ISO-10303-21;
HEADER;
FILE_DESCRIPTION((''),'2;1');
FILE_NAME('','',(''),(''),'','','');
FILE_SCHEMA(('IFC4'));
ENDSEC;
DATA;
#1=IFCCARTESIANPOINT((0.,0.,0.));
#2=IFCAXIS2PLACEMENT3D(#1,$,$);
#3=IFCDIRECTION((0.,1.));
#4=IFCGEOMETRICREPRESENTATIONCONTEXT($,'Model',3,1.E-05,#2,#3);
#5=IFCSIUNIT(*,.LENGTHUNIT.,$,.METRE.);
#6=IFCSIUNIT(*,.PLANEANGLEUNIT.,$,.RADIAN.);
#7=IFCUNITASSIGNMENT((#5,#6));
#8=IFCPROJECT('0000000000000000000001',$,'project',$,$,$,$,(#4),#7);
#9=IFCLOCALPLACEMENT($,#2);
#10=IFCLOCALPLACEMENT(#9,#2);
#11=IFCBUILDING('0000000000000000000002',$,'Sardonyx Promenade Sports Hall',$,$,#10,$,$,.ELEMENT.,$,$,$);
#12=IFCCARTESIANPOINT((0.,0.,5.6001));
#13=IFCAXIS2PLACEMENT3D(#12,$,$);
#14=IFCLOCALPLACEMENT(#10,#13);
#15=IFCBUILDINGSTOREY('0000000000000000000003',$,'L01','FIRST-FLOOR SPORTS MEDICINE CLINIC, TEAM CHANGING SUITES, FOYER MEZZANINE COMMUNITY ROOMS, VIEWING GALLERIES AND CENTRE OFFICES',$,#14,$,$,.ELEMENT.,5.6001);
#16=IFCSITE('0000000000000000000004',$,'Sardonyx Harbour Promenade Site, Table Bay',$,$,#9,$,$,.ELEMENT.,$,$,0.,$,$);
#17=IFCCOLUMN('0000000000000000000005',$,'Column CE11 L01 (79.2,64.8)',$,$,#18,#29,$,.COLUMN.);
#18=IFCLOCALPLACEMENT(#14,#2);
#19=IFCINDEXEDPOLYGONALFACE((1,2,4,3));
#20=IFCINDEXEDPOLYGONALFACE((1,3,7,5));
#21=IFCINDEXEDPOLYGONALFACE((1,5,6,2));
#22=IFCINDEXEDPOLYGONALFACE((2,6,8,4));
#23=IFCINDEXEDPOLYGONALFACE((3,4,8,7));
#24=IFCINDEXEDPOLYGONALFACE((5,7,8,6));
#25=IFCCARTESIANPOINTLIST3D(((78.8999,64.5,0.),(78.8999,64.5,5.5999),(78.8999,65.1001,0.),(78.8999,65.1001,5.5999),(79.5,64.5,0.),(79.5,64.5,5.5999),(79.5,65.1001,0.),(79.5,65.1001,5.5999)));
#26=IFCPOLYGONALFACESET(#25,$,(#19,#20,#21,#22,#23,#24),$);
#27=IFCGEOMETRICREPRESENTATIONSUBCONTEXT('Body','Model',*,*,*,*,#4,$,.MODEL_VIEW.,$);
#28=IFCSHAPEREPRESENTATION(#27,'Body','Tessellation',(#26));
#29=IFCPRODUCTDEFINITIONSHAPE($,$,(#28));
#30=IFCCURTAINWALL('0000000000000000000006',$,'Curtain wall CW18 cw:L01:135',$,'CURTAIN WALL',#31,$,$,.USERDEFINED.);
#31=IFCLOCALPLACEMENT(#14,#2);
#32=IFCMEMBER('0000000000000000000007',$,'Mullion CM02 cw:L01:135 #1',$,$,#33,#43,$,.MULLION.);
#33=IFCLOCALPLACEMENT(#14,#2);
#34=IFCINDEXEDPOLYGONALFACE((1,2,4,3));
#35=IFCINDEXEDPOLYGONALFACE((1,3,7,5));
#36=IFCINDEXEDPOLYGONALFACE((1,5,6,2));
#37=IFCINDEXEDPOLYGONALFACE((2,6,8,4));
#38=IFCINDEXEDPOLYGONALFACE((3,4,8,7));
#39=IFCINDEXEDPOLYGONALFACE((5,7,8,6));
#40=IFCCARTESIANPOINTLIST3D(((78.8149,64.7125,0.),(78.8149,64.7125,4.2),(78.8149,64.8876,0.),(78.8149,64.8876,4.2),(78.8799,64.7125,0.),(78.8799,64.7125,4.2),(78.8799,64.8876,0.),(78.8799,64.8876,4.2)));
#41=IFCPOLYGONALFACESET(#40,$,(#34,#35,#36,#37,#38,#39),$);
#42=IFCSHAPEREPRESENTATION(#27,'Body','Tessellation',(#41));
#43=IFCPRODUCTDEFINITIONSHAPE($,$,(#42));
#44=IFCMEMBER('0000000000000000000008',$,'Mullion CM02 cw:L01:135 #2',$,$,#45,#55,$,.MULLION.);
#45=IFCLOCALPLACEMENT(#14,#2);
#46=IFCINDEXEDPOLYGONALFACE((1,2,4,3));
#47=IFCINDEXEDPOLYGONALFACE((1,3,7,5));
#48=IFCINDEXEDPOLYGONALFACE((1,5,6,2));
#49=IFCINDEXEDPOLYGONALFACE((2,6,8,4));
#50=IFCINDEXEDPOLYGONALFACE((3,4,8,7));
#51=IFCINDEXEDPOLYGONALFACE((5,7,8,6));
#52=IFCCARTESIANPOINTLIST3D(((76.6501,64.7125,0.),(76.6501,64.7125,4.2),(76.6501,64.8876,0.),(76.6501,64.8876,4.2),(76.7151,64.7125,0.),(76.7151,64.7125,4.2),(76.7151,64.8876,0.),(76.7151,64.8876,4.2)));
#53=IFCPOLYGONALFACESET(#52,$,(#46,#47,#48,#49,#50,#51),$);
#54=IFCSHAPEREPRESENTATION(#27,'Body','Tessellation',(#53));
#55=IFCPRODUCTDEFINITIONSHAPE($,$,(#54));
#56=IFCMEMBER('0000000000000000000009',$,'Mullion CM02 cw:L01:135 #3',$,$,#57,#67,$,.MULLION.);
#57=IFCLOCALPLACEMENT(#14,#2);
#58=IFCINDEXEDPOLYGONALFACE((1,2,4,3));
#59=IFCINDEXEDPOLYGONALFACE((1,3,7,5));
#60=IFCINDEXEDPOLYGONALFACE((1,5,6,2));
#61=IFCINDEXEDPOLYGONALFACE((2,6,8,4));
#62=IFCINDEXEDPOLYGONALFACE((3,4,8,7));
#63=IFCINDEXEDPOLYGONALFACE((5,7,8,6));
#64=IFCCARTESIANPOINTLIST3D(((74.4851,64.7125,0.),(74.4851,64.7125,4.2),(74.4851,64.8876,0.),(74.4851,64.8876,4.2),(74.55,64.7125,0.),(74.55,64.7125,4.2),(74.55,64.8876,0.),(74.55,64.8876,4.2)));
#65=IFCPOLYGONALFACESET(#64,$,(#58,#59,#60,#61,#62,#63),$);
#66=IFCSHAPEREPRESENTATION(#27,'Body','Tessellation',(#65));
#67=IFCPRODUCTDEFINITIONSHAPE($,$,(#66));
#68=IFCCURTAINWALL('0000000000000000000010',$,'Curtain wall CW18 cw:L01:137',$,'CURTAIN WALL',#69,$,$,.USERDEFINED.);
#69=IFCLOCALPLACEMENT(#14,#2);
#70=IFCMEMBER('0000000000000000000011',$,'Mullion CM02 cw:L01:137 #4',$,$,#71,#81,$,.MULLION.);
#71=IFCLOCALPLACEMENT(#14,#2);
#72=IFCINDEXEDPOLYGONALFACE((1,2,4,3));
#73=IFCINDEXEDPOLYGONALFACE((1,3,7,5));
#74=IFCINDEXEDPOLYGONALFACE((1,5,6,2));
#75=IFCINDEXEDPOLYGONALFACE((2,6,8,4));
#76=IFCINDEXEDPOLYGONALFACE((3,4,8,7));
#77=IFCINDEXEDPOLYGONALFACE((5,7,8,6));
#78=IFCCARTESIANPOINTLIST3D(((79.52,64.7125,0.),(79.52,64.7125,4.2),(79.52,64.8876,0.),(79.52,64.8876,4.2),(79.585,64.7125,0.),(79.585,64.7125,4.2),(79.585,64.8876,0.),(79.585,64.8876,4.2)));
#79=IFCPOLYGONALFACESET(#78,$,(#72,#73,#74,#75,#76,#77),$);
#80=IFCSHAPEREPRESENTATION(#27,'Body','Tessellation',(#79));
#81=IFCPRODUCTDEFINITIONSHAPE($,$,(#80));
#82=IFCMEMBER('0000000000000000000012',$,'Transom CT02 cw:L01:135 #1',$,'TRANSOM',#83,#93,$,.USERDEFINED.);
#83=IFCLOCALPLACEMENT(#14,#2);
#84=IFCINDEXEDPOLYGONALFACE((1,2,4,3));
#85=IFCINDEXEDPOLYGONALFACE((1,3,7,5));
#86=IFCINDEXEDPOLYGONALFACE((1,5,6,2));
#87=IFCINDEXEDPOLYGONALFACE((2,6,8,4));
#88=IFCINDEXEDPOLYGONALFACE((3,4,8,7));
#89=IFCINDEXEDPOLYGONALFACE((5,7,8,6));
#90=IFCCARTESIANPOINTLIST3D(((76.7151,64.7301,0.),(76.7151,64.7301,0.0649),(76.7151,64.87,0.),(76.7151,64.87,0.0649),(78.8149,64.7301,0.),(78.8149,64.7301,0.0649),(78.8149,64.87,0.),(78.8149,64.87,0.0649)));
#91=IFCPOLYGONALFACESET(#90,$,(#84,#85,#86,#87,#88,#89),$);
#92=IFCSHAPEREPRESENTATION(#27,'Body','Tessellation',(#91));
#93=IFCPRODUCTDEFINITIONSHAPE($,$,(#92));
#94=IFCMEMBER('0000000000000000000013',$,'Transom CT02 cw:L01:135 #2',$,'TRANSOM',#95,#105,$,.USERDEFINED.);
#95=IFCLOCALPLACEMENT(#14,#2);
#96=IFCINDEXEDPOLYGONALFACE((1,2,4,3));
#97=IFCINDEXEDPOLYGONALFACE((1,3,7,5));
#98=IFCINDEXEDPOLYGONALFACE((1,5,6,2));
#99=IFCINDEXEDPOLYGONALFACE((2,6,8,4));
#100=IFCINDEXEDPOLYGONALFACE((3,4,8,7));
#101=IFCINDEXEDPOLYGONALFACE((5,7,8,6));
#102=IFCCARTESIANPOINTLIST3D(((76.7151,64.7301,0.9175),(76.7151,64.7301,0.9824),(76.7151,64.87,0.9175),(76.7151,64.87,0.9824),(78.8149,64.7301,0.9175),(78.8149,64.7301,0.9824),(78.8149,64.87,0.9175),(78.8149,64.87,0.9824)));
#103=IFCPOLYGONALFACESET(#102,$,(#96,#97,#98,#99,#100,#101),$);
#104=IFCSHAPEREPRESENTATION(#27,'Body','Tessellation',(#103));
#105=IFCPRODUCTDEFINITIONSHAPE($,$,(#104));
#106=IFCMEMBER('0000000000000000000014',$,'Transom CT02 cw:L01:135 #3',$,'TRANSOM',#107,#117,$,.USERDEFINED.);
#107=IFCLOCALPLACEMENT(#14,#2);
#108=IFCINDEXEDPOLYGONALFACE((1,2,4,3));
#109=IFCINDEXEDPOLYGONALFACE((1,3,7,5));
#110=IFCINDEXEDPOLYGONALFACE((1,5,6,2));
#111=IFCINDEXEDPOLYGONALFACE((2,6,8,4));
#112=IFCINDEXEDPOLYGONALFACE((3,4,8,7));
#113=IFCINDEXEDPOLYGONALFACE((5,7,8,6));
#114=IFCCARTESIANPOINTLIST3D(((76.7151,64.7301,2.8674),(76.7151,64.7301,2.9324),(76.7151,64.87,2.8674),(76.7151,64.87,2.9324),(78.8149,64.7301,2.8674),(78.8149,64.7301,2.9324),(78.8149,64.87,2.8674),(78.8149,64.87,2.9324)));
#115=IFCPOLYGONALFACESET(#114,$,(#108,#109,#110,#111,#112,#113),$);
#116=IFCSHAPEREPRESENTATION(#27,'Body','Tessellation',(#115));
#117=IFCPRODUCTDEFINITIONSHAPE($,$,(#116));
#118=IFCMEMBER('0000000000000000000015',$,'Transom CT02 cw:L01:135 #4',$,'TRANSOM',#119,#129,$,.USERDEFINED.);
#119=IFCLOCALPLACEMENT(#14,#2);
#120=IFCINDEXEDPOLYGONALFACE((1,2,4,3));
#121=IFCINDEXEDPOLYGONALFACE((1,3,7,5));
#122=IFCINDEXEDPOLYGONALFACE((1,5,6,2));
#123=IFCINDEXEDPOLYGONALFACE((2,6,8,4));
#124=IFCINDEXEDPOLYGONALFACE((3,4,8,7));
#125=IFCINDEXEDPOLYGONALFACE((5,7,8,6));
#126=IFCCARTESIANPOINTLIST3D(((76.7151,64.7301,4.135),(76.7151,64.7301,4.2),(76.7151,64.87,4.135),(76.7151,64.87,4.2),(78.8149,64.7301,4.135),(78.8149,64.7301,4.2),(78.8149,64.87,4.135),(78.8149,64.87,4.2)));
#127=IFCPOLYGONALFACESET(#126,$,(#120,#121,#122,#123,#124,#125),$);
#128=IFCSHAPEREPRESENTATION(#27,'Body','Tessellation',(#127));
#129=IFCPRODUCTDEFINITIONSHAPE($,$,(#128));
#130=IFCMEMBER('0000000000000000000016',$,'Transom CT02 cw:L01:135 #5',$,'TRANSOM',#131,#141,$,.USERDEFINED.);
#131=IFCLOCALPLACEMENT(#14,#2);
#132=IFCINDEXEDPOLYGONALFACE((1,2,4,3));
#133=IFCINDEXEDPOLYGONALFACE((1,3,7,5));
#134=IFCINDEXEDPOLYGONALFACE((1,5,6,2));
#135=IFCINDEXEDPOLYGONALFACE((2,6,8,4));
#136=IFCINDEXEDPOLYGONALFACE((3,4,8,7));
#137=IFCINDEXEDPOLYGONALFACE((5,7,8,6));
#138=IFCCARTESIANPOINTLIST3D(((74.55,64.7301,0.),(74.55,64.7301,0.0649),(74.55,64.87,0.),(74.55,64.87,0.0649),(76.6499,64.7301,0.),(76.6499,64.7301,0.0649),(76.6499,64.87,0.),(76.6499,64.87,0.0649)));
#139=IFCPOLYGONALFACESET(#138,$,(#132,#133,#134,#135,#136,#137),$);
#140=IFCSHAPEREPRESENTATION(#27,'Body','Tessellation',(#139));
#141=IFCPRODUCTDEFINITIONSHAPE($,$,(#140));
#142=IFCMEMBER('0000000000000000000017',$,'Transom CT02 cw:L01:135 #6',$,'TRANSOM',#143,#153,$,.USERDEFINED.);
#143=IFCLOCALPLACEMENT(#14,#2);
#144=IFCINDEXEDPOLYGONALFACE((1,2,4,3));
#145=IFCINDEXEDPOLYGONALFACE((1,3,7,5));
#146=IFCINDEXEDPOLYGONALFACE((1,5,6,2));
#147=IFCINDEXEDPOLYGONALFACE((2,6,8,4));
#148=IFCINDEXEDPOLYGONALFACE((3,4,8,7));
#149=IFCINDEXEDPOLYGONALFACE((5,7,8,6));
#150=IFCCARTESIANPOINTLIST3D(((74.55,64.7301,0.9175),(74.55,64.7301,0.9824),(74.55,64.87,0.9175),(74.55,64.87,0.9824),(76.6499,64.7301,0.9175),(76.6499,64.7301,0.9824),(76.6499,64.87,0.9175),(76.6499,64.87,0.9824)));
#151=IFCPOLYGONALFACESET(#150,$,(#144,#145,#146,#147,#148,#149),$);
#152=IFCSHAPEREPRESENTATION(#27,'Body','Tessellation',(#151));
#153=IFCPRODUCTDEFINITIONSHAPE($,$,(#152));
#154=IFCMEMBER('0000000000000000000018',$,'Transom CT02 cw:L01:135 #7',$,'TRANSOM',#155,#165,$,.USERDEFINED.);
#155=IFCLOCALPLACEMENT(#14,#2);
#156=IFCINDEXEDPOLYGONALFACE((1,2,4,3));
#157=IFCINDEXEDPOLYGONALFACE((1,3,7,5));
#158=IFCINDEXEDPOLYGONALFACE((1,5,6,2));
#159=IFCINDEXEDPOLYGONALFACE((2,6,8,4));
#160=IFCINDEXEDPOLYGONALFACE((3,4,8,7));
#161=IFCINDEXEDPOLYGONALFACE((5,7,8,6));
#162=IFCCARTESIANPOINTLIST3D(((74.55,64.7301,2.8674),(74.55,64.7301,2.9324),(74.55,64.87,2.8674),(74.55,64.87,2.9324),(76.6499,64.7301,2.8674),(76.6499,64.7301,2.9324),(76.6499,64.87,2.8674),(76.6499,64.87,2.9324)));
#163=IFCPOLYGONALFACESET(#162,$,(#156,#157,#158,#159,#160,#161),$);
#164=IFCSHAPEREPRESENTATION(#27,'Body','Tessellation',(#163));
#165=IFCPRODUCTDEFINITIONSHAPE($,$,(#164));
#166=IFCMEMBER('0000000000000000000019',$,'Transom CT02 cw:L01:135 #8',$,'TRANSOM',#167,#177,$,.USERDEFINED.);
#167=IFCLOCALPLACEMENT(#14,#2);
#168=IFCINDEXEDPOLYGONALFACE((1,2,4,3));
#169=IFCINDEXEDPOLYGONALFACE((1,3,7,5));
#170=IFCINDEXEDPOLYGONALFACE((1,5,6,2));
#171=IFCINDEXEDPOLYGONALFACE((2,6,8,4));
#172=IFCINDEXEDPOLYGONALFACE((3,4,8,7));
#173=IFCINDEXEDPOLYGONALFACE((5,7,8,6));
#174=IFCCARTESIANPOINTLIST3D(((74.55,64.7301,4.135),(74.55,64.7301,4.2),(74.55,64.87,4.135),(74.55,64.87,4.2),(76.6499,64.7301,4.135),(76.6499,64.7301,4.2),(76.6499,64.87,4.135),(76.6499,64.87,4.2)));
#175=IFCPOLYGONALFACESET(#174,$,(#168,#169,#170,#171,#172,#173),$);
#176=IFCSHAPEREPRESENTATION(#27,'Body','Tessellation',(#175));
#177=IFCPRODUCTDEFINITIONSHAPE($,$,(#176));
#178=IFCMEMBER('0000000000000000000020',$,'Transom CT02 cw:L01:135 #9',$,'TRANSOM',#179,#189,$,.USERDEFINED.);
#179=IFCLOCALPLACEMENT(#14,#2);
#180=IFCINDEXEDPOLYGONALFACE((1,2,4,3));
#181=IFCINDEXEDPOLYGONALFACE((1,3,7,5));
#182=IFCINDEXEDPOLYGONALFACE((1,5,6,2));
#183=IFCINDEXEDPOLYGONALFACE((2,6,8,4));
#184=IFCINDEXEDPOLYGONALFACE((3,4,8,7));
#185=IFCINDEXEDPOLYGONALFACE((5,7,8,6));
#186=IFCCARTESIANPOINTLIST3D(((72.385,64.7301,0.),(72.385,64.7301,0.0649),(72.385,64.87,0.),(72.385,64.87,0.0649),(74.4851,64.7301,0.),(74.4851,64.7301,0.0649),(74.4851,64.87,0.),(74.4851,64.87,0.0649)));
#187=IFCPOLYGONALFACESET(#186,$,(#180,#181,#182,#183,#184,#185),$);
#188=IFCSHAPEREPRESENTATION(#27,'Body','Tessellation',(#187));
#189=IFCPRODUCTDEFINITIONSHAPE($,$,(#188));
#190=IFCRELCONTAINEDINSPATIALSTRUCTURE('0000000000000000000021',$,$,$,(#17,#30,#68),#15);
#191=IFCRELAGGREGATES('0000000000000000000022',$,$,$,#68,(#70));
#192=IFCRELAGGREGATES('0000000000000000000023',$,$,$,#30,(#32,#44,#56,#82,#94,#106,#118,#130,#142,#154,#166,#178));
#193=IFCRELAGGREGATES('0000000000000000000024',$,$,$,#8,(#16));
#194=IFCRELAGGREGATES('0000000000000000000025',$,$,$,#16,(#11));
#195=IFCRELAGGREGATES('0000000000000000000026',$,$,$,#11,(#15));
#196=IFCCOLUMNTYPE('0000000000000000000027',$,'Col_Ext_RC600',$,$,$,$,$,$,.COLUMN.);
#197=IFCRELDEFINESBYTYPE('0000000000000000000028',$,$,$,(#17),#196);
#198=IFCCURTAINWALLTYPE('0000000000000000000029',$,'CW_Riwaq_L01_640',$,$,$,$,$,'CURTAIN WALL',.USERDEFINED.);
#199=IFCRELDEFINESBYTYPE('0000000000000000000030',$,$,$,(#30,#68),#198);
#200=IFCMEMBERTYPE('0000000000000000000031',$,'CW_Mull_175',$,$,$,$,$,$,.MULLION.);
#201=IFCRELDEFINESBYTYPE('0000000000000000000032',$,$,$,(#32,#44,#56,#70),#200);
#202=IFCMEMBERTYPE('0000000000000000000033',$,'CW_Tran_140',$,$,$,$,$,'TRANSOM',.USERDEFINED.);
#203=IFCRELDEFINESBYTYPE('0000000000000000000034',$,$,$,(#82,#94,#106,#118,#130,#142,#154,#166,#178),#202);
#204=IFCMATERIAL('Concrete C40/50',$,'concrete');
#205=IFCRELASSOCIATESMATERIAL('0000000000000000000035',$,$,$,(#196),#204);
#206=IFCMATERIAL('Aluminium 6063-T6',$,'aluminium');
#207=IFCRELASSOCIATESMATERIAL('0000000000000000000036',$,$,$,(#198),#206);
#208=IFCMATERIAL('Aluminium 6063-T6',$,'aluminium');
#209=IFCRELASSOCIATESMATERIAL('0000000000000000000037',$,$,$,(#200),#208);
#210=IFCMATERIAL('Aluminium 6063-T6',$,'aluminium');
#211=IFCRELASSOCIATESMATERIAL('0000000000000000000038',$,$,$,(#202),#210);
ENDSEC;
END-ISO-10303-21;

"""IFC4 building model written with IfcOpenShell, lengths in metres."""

from ifc_helpers import new_model, si_unit, direction, frame, origin, origin_2d, place, context, subcontext, project, spatial, rectangle, extrude, material, material_profile, profile_set, type_object, element, aggregate, save


model = new_model("IFC4")

# Units and contexts
model_context = context("Model", 3, precision=1e-05, world=origin(), true_north=direction((0.0, 1.0)))
body_context = subcontext(model_context, "Body", "Model", "MODEL_VIEW")
ifc_project = project(units=[si_unit("LENGTHUNIT", "METRE"), si_unit("PLANEANGLEUNIT", "RADIAN")], contexts=[model_context])

# Site, building, storey
site_placement = place(None, origin())
site = spatial("IfcSite", under=ifc_project, at=site_placement, Name="Sardonyx Harbour Promenade Site, Table Bay", CompositionType="ELEMENT", RefElevation=0.0)
building_placement = place(site_placement, origin())
building = spatial("IfcBuilding", under=site, at=building_placement, Name="Sardonyx Promenade Sports Hall", CompositionType="ELEMENT")
storey_placement = place(building_placement, frame((0.0, 0.0, 5.6001)))
storey = spatial("IfcBuildingStorey", under=building, at=storey_placement, Name="L01", Description="FIRST-FLOOR SPORTS MEDICINE CLINIC, TEAM CHANGING SUITES, FOYER MEZZANINE COMMUNITY ROOMS, VIEWING GALLERIES AND CENTRE OFFICES", CompositionType="ELEMENT", Elevation=5.6001)

# Column
ifc_material_1 = material(Name="Concrete C40/50", Category="concrete")
ifc_material_profile_1 = material_profile(ifc_material_1, rectangle(XDim=0.6001, YDim=0.6001, at=origin_2d()))
ifc_profile_set_1 = profile_set([ifc_material_profile_1], Name="Concrete C40/50")
column_type = type_object("IfcColumnType", Name="Col_Ext_RC600", PredefinedType="COLUMN", material=ifc_profile_set_1)
column_placement = place(storey_placement, frame((79.2, 64.8, 0.0), z_axis=(0.0, 0.0, 1.0), x_axis=(1.0, 0.0, 0.0)))
element("IfcColumn", 1, at=column_placement, inside=storey, type_object=column_type, Name="Column CE11 L01 (79.2,64.8)", PredefinedType="COLUMN", context=body_context, shape_type="SweptSolid", body=[
    extrude(rectangle(XDim=0.6001, YDim=0.6001, at=origin_2d()), origin(), (0.0, 0.0, 1.0), 5.5999),
])

# Curtain wall, members
ifc_material_2 = material(Name="Aluminium 6063-T6", Category="aluminium")
curtain_wall_type = type_object("IfcCurtainWallType", Name="CW_Riwaq_L01_640", ElementType="CURTAIN WALL", PredefinedType="USERDEFINED", material=ifc_material_2)
curtain_wall_1_placement = place(storey_placement, origin())
curtain_wall_1 = element("IfcCurtainWall", 2, at=curtain_wall_1_placement, inside=storey, type_object=curtain_wall_type, Name="Curtain wall CW18 cw:L01:135", ObjectType="CURTAIN WALL", PredefinedType="USERDEFINED")
ifc_material_3 = material(Name="Aluminium 6063-T6", Category="aluminium")
ifc_material_profile_2 = material_profile(ifc_material_3, rectangle(XDim=0.0649, YDim=0.175, at=origin_2d()))
ifc_profile_set_2 = profile_set([ifc_material_profile_2], Name="Aluminium 6063-T6")
member_type_1 = type_object("IfcMemberType", Name="CW_Mull_175", PredefinedType="MULLION", material=ifc_profile_set_2)
member_1_placement = place(storey_placement, frame((78.8474, 64.8, 0.0), z_axis=(0.0, 0.0, 1.0), x_axis=(-1.0, 0.0, 0.0)))
member_1 = element("IfcMember", 3, at=member_1_placement, type_object=member_type_1, Name="Mullion CM02 cw:L01:135 #1", PredefinedType="MULLION", context=body_context, shape_type="SweptSolid", body=[
    extrude(rectangle(XDim=0.0649, YDim=0.175, at=origin_2d()), origin(), (0.0, 0.0, 1.0), 4.2),
])
member_2_placement = place(storey_placement, frame((76.6826, 64.8, 0.0), z_axis=(0.0, 0.0, 1.0), x_axis=(-1.0, 0.0, 0.0)))
member_2 = element("IfcMember", 4, at=member_2_placement, type_object=member_type_1, Name="Mullion CM02 cw:L01:135 #2", PredefinedType="MULLION", context=body_context, shape_type="SweptSolid", body=[
    extrude(rectangle(XDim=0.0649, YDim=0.175, at=origin_2d()), origin(), (0.0, 0.0, 1.0), 4.2),
])
member_3_placement = place(storey_placement, frame((74.5176, 64.8, 0.0), z_axis=(0.0, 0.0, 1.0), x_axis=(-1.0, 0.0, 0.0)))
member_3 = element("IfcMember", 5, at=member_3_placement, type_object=member_type_1, Name="Mullion CM02 cw:L01:135 #3", PredefinedType="MULLION", context=body_context, shape_type="SweptSolid", body=[
    extrude(rectangle(XDim=0.0649, YDim=0.175, at=origin_2d()), origin(), (0.0, 0.0, 1.0), 4.2),
])

# Curtain wall, member
curtain_wall_2_placement = place(storey_placement, origin())
curtain_wall_2 = element("IfcCurtainWall", 6, at=curtain_wall_2_placement, inside=storey, type_object=curtain_wall_type, Name="Curtain wall CW18 cw:L01:137", ObjectType="CURTAIN WALL", PredefinedType="USERDEFINED")
member_4_placement = place(storey_placement, frame((79.5525, 64.8, 0.0), z_axis=(0.0, 0.0, 1.0), x_axis=(-1.0, 0.0, 0.0)))
member_4 = element("IfcMember", 7, at=member_4_placement, type_object=member_type_1, Name="Mullion CM02 cw:L01:137 #4", PredefinedType="MULLION", context=body_context, shape_type="SweptSolid", body=[
    extrude(rectangle(XDim=0.0649, YDim=0.175, at=origin_2d()), origin(), (0.0, 0.0, 1.0), 4.2),
])
aggregate(curtain_wall_2, [member_4])

# Members
ifc_material_4 = material(Name="Aluminium 6063-T6", Category="aluminium")
ifc_material_profile_3 = material_profile(ifc_material_4, rectangle(XDim=0.0649, YDim=0.1399, at=origin_2d()))
ifc_profile_set_3 = profile_set([ifc_material_profile_3], Name="Aluminium 6063-T6")
member_type_2 = type_object("IfcMemberType", Name="CW_Tran_140", ElementType="TRANSOM", PredefinedType="USERDEFINED", material=ifc_profile_set_3)
member_5_placement = place(storey_placement, frame((78.8149, 64.8, 0.0325), z_axis=(-1.0, 0.0, 0.0), x_axis=(0.0, 0.0, 1.0)))
member_5 = element("IfcMember", 8, at=member_5_placement, type_object=member_type_2, Name="Transom CT02 cw:L01:135 #1", ObjectType="TRANSOM", PredefinedType="USERDEFINED", context=body_context, shape_type="SweptSolid", body=[
    extrude(rectangle(XDim=0.0649, YDim=0.1399, at=origin_2d()), origin(), (0.0, 0.0, 1.0), 2.0999),
])
member_6_placement = place(storey_placement, frame((78.8149, 64.8, 0.95), z_axis=(-1.0, 0.0, 0.0), x_axis=(0.0, 0.0, 1.0)))
member_6 = element("IfcMember", 9, at=member_6_placement, type_object=member_type_2, Name="Transom CT02 cw:L01:135 #2", ObjectType="TRANSOM", PredefinedType="USERDEFINED", context=body_context, shape_type="SweptSolid", body=[
    extrude(rectangle(XDim=0.0649, YDim=0.1399, at=origin_2d()), origin(), (0.0, 0.0, 1.0), 2.0999),
])
member_7_placement = place(storey_placement, frame((78.8149, 64.8, 2.8999), z_axis=(-1.0, 0.0, 0.0), x_axis=(0.0, 0.0, 1.0)))
member_7 = element("IfcMember", 10, at=member_7_placement, type_object=member_type_2, Name="Transom CT02 cw:L01:135 #3", ObjectType="TRANSOM", PredefinedType="USERDEFINED", context=body_context, shape_type="SweptSolid", body=[
    extrude(rectangle(XDim=0.0649, YDim=0.1399, at=origin_2d()), origin(), (0.0, 0.0, 1.0), 2.0999),
])
member_8_placement = place(storey_placement, frame((78.8149, 64.8, 4.1675), z_axis=(-1.0, 0.0, 0.0), x_axis=(0.0, 0.0, 1.0)))
member_8 = element("IfcMember", 11, at=member_8_placement, type_object=member_type_2, Name="Transom CT02 cw:L01:135 #4", ObjectType="TRANSOM", PredefinedType="USERDEFINED", context=body_context, shape_type="SweptSolid", body=[
    extrude(rectangle(XDim=0.0649, YDim=0.1399, at=origin_2d()), origin(), (0.0, 0.0, 1.0), 2.0999),
])
member_9_placement = place(storey_placement, frame((76.6499, 64.8, 0.0325), z_axis=(-1.0, 0.0, 0.0), x_axis=(0.0, 0.0, 1.0)))
member_9 = element("IfcMember", 12, at=member_9_placement, type_object=member_type_2, Name="Transom CT02 cw:L01:135 #5", ObjectType="TRANSOM", PredefinedType="USERDEFINED", context=body_context, shape_type="SweptSolid", body=[
    extrude(rectangle(XDim=0.0649, YDim=0.1399, at=origin_2d()), origin(), (0.0, 0.0, 1.0), 2.0999),
])
member_10_placement = place(storey_placement, frame((76.6499, 64.8, 0.95), z_axis=(-1.0, 0.0, 0.0), x_axis=(0.0, 0.0, 1.0)))
member_10 = element("IfcMember", 13, at=member_10_placement, type_object=member_type_2, Name="Transom CT02 cw:L01:135 #6", ObjectType="TRANSOM", PredefinedType="USERDEFINED", context=body_context, shape_type="SweptSolid", body=[
    extrude(rectangle(XDim=0.0649, YDim=0.1399, at=origin_2d()), origin(), (0.0, 0.0, 1.0), 2.0999),
])
member_11_placement = place(storey_placement, frame((76.6499, 64.8, 2.8999), z_axis=(-1.0, 0.0, 0.0), x_axis=(0.0, 0.0, 1.0)))
member_11 = element("IfcMember", 14, at=member_11_placement, type_object=member_type_2, Name="Transom CT02 cw:L01:135 #7", ObjectType="TRANSOM", PredefinedType="USERDEFINED", context=body_context, shape_type="SweptSolid", body=[
    extrude(rectangle(XDim=0.0649, YDim=0.1399, at=origin_2d()), origin(), (0.0, 0.0, 1.0), 2.0999),
])
member_12_placement = place(storey_placement, frame((76.6499, 64.8, 4.1675), z_axis=(-1.0, 0.0, 0.0), x_axis=(0.0, 0.0, 1.0)))
member_12 = element("IfcMember", 15, at=member_12_placement, type_object=member_type_2, Name="Transom CT02 cw:L01:135 #8", ObjectType="TRANSOM", PredefinedType="USERDEFINED", context=body_context, shape_type="SweptSolid", body=[
    extrude(rectangle(XDim=0.0649, YDim=0.1399, at=origin_2d()), origin(), (0.0, 0.0, 1.0), 2.0999),
])
member_13_placement = place(storey_placement, frame((74.4851, 64.8, 0.0325), z_axis=(-1.0, 0.0, 0.0), x_axis=(0.0, 0.0, 1.0)))
member_13 = element("IfcMember", 16, at=member_13_placement, type_object=member_type_2, Name="Transom CT02 cw:L01:135 #9", ObjectType="TRANSOM", PredefinedType="USERDEFINED", context=body_context, shape_type="SweptSolid", body=[
    extrude(rectangle(XDim=0.0649, YDim=0.1399, at=origin_2d()), origin(), (0.0, 0.0, 1.0), 2.1001),
])

aggregate(curtain_wall_1, [member_1, member_2, member_3, member_5, member_6, member_7, member_8, member_9, member_10, member_11, member_12, member_13])

save(model, "model.ifc")
